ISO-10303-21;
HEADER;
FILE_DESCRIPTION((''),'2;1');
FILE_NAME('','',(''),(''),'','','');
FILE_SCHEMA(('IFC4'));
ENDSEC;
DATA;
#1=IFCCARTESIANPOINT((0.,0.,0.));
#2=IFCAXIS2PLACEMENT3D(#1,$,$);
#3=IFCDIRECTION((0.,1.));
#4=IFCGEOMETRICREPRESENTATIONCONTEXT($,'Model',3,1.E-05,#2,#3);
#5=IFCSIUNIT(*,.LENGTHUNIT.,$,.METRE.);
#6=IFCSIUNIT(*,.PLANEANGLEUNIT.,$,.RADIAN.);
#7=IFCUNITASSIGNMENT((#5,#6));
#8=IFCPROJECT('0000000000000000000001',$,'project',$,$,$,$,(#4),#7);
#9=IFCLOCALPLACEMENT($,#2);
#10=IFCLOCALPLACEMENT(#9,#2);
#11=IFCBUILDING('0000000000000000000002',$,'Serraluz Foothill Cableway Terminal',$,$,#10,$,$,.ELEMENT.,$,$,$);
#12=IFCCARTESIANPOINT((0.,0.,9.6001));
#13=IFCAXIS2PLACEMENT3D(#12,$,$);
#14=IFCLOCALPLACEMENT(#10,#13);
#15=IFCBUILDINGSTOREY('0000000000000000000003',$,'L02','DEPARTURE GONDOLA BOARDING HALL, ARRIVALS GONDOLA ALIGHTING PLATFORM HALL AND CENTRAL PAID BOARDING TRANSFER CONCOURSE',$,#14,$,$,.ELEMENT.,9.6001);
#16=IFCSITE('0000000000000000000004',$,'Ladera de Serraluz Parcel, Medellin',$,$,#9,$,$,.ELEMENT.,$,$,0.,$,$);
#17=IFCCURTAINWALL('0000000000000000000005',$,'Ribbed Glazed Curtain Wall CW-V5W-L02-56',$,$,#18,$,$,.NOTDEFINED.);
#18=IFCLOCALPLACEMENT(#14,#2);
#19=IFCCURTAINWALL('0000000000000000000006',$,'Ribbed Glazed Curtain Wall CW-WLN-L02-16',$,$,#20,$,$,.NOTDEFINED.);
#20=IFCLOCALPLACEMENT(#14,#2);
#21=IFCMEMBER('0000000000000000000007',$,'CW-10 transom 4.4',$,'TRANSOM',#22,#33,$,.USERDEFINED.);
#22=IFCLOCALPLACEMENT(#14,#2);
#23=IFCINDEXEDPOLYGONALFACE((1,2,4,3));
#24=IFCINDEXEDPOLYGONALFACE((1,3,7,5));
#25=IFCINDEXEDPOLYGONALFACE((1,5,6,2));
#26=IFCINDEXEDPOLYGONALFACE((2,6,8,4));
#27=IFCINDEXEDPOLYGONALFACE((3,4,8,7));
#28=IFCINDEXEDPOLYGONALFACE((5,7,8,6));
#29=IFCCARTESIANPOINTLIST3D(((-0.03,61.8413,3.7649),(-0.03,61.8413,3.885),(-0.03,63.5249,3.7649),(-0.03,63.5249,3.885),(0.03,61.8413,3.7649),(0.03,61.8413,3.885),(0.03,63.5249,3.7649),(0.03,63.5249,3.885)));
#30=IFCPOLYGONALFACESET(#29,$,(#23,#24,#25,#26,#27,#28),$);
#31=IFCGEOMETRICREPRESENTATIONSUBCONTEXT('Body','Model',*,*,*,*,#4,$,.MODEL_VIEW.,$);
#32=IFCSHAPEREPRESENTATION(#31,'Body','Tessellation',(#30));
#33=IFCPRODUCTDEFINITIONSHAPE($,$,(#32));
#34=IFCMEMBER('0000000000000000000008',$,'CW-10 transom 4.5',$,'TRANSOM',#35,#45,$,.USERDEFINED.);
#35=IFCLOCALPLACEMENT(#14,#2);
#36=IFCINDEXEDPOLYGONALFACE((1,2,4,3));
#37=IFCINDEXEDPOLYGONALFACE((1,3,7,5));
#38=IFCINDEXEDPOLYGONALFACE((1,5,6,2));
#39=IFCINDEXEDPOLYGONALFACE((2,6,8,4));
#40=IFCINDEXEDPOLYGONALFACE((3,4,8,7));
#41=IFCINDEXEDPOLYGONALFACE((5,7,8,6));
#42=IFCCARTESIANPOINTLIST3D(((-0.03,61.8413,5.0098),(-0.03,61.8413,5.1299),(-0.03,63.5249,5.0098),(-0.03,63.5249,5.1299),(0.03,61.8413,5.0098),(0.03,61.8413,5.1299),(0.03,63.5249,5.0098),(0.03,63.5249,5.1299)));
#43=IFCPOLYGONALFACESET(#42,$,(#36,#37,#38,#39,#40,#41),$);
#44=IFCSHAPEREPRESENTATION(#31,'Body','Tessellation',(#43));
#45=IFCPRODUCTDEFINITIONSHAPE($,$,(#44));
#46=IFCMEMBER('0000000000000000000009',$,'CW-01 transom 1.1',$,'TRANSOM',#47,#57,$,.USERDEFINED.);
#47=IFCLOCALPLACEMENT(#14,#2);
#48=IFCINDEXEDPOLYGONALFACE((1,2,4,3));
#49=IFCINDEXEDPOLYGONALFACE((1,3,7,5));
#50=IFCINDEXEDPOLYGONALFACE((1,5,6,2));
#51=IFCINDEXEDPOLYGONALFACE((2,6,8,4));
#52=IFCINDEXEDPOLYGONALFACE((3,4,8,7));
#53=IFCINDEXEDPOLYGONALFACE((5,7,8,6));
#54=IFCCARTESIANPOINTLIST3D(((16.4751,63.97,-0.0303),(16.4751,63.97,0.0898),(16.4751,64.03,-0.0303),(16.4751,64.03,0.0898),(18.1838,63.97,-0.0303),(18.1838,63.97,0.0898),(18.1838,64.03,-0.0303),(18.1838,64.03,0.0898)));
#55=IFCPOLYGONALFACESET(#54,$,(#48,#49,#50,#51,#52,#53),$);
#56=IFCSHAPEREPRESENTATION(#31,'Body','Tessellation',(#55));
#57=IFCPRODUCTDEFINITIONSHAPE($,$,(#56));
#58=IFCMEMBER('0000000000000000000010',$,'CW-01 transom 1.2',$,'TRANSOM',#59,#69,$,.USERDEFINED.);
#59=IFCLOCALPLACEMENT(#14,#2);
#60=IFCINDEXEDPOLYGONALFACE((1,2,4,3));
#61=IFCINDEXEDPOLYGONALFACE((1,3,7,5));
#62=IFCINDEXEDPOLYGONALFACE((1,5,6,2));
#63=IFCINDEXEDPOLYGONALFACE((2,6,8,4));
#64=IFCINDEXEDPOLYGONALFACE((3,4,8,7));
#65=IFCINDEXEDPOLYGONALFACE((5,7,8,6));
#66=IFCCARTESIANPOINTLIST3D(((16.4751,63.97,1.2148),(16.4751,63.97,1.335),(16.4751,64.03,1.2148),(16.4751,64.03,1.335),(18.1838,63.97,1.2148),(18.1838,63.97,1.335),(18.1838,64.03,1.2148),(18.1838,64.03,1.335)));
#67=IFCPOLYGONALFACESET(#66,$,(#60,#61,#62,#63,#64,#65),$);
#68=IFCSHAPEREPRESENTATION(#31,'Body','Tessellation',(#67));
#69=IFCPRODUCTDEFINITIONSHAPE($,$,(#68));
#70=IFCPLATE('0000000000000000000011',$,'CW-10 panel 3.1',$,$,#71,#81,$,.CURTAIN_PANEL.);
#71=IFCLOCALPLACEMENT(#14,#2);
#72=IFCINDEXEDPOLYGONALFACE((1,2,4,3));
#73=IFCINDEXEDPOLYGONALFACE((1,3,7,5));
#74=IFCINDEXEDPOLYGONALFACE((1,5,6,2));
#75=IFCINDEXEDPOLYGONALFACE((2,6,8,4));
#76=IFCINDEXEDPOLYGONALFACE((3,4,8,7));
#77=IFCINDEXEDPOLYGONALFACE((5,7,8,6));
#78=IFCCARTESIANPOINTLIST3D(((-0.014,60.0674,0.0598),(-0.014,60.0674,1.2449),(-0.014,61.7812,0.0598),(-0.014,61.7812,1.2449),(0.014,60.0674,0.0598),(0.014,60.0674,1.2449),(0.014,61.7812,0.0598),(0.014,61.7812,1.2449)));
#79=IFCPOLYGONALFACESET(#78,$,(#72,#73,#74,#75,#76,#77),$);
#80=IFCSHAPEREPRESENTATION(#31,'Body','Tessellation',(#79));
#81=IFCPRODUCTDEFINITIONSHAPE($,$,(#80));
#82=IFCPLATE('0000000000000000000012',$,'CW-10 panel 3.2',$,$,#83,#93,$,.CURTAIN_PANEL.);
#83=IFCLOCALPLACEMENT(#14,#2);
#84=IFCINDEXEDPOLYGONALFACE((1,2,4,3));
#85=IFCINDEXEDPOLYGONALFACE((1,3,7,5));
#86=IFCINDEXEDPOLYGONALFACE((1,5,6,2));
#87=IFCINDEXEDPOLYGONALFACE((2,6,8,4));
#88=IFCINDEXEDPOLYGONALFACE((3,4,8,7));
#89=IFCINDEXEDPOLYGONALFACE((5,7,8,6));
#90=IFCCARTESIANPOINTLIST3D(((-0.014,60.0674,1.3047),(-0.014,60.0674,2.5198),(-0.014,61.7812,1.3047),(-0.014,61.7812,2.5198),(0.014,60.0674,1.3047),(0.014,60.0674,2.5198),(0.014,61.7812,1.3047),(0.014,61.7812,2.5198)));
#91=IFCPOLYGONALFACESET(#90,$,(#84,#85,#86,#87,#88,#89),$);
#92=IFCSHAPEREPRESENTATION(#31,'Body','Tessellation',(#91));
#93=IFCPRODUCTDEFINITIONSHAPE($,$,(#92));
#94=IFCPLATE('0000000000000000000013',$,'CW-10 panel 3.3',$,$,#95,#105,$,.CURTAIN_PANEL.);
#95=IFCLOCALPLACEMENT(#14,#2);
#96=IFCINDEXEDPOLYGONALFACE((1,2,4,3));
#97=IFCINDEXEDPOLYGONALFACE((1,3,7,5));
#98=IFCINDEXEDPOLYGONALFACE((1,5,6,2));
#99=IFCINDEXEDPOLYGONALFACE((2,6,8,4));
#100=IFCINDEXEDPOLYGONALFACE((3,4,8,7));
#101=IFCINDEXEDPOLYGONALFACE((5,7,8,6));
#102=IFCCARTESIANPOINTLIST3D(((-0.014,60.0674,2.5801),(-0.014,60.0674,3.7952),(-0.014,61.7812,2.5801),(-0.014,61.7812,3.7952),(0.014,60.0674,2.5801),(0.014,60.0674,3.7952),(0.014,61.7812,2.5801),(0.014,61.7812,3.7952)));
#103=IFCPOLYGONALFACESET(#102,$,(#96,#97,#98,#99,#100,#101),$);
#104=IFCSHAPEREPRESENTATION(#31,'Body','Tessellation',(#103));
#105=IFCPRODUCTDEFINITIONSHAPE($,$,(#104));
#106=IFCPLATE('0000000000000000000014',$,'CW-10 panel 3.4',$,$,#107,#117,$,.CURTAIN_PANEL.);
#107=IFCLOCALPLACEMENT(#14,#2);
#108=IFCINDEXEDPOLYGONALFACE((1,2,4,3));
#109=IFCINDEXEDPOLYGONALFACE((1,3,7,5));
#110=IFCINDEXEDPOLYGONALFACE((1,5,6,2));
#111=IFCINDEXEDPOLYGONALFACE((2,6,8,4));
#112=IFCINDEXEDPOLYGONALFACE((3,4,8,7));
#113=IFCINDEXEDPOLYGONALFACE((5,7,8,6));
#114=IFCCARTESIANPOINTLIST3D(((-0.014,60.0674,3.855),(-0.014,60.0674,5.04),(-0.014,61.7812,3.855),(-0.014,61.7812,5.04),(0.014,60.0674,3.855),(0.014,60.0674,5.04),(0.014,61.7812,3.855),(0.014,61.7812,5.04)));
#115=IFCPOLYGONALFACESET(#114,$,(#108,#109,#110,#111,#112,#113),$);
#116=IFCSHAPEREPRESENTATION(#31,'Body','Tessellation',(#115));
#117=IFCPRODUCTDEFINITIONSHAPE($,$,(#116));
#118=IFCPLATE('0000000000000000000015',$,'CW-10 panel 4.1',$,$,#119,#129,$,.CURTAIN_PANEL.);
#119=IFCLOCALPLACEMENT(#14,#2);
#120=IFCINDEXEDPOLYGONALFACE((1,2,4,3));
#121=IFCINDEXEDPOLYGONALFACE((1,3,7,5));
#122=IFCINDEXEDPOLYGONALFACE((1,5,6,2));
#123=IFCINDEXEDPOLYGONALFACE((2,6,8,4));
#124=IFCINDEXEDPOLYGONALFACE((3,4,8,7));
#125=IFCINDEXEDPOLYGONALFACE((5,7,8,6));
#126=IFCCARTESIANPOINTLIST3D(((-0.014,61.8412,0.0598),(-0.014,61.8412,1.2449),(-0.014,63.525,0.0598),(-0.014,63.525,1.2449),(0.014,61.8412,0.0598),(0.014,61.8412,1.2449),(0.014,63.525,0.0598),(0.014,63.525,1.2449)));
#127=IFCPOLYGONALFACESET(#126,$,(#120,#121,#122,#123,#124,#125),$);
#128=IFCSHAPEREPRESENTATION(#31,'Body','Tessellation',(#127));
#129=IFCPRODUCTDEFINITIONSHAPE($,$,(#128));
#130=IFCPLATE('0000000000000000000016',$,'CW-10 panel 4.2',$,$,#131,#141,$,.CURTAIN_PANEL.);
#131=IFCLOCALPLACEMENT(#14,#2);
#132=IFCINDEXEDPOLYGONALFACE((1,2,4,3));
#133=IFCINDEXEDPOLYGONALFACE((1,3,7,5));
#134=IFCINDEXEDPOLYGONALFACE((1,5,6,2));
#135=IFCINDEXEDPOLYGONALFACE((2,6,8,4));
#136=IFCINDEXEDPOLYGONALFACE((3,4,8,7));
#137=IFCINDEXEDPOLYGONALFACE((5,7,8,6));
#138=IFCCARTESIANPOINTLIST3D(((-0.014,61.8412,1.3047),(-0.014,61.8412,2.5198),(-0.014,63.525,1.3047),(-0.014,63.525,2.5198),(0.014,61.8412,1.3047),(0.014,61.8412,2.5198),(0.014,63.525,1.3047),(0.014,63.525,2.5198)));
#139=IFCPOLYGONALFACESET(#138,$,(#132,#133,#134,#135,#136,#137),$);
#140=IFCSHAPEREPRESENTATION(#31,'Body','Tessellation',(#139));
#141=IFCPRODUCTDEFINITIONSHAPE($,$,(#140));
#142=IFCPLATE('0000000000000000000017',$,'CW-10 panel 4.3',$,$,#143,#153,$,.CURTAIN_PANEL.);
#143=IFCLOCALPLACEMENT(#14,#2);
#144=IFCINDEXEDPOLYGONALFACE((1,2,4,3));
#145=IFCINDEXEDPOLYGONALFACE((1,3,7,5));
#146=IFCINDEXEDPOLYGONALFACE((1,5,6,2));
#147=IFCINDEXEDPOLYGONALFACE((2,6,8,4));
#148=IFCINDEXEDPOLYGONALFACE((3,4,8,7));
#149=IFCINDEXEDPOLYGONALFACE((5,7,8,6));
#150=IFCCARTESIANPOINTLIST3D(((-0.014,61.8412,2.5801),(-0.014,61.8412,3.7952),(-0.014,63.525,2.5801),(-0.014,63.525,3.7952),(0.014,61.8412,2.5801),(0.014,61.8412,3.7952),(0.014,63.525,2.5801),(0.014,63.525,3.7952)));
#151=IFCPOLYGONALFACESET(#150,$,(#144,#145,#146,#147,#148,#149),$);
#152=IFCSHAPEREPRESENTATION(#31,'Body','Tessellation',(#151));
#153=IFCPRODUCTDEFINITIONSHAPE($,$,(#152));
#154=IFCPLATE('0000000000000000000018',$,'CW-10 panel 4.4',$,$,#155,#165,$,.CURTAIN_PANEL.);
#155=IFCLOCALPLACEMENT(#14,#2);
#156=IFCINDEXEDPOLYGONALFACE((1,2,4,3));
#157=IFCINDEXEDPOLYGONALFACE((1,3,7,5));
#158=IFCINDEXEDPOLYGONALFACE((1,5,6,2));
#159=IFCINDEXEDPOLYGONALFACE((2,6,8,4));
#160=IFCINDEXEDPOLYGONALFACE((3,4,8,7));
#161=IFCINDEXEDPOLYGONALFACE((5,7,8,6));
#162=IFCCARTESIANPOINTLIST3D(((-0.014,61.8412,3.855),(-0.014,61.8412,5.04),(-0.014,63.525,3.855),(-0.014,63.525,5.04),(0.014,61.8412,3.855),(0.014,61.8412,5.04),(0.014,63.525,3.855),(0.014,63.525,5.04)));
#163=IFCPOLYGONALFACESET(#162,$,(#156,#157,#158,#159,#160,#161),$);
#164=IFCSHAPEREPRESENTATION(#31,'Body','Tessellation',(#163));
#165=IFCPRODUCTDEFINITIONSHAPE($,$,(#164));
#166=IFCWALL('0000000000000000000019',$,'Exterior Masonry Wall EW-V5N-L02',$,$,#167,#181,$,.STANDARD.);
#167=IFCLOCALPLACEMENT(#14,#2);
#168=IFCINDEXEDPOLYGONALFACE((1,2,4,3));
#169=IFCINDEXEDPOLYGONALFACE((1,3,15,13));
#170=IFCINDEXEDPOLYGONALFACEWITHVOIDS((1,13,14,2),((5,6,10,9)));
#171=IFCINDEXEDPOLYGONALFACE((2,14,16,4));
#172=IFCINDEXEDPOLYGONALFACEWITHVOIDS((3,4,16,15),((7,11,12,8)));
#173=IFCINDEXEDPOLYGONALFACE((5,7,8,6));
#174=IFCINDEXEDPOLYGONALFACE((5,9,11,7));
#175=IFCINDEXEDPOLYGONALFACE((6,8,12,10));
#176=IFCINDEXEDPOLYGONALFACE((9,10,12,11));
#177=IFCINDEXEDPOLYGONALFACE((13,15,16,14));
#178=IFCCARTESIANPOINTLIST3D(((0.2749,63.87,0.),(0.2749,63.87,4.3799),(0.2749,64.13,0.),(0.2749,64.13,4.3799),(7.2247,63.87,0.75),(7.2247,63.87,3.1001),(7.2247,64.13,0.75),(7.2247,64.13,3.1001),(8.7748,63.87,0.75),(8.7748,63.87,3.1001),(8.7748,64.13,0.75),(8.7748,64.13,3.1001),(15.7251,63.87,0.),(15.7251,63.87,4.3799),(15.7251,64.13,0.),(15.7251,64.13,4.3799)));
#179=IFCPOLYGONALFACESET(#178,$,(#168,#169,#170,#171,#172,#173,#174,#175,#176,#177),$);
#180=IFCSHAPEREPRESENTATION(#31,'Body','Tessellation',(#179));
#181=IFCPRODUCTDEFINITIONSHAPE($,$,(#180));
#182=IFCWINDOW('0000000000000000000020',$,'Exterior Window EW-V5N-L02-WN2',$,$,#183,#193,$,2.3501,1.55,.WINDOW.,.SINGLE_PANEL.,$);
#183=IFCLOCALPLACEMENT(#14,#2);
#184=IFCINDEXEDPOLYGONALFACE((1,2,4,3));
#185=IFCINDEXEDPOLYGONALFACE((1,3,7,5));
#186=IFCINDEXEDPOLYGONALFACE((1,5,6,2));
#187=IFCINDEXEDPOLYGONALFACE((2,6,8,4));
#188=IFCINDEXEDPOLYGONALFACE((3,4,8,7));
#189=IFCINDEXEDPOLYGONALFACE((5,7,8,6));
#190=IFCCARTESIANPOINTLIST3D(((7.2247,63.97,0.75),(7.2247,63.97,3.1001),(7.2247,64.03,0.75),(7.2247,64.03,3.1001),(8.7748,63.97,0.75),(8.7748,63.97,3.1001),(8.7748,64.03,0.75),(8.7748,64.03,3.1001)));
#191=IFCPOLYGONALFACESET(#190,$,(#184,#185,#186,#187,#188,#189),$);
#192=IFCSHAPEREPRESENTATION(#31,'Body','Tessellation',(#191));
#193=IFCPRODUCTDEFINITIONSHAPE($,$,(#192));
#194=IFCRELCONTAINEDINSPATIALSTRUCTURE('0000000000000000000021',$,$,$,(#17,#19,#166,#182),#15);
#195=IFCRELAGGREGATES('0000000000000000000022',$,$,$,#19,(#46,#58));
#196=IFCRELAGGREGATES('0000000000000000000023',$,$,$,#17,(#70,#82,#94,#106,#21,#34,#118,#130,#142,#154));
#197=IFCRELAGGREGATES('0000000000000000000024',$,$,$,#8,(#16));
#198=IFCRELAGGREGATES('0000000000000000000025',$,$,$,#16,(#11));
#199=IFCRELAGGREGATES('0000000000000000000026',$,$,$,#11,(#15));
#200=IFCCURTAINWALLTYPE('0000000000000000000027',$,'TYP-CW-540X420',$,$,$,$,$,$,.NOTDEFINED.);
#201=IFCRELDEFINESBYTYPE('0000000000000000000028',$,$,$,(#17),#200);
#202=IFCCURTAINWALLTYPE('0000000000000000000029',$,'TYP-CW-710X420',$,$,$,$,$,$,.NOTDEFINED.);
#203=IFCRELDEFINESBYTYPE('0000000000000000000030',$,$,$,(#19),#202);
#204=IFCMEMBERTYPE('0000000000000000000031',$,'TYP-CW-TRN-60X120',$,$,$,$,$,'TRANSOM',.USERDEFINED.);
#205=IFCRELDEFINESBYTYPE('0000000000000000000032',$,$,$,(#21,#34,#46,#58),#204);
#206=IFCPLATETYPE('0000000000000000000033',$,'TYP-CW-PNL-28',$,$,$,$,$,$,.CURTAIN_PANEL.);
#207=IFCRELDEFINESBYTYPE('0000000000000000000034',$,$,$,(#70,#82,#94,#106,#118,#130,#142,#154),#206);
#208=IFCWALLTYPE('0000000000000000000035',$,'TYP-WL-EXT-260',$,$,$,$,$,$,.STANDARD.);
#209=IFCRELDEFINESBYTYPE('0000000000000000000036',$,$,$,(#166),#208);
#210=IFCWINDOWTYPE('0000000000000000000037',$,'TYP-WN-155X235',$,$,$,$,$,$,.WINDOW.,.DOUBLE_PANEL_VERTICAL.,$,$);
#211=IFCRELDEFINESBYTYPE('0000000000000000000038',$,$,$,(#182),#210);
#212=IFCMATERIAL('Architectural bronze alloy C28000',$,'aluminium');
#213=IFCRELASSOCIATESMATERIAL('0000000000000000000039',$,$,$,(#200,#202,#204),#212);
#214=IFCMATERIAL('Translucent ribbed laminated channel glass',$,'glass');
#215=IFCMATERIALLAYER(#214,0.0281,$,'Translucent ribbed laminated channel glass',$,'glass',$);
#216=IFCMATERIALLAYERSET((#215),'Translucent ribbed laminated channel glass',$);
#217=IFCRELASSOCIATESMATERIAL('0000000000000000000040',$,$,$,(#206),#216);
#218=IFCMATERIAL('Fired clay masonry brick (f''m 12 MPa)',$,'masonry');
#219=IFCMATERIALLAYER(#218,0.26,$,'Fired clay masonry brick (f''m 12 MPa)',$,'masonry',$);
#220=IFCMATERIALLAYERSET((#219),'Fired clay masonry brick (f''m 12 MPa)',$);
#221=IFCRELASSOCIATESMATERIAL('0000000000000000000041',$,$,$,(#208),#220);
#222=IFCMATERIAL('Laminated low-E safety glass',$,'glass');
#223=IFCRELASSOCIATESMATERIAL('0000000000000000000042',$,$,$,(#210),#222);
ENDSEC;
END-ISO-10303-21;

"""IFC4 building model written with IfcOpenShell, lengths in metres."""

from ifc_helpers import new_model, si_unit, direction, frame, frame_2d, origin, origin_2d, place, context, subcontext, project, spatial, rectangle, extrude, material, layer, layer_set, material_profile, profile_set, type_object, element, fill, aggregate, save


model = new_model("IFC4")

# Units and contexts
model_context = context("Model", 3, precision=1e-05, world=origin(), true_north=direction((0.0, 1.0)))
body_context = subcontext(model_context, "Body", "Model", "MODEL_VIEW")
ifc_project = project(units=[si_unit("LENGTHUNIT", "METRE"), si_unit("PLANEANGLEUNIT", "RADIAN")], contexts=[model_context])

# Site, building, storey
site_placement = place(None, origin())
site = spatial("IfcSite", under=ifc_project, at=site_placement, Name="Ladera de Serraluz Parcel, Medellin", CompositionType="ELEMENT", RefElevation=0.0)
building_placement = place(site_placement, origin())
building = spatial("IfcBuilding", under=site, at=building_placement, Name="Serraluz Foothill Cableway Terminal", CompositionType="ELEMENT")
storey_placement = place(building_placement, frame((0.0, 0.0, 9.6001)))
storey = spatial("IfcBuildingStorey", under=building, at=storey_placement, Name="L02", Description="DEPARTURE GONDOLA BOARDING HALL, ARRIVALS GONDOLA ALIGHTING PLATFORM HALL AND CENTRAL PAID BOARDING TRANSFER CONCOURSE", CompositionType="ELEMENT", Elevation=9.6001)

# Shared definitions
ifc_material_1 = material(Name="Fired clay masonry brick (f'm 12 MPa)", Category="masonry")

# Curtain wall
ifc_material_2 = material(Name="Architectural bronze alloy C28000", Category="aluminium")
curtain_wall_type_1 = type_object("IfcCurtainWallType", Name="TYP-CW-540X420", PredefinedType="NOTDEFINED", material=ifc_material_2)
curtain_wall_1_placement = place(storey_placement, origin())
curtain_wall_1 = element("IfcCurtainWall", 1, at=curtain_wall_1_placement, inside=storey, type_object=curtain_wall_type_1, Name="Ribbed Glazed Curtain Wall CW-V5W-L02-56", PredefinedType="NOTDEFINED")

# Curtain wall
curtain_wall_type_2 = type_object("IfcCurtainWallType", Name="TYP-CW-710X420", PredefinedType="NOTDEFINED", material=ifc_material_2)
curtain_wall_2_placement = place(storey_placement, origin())
curtain_wall_2 = element("IfcCurtainWall", 2, at=curtain_wall_2_placement, inside=storey, type_object=curtain_wall_type_2, Name="Ribbed Glazed Curtain Wall CW-WLN-L02-16", PredefinedType="NOTDEFINED")

# Members
ifc_material_profile_1 = material_profile(ifc_material_2, rectangle(XDim=0.0601, YDim=0.1201, at=origin_2d()), Name="ALU TRANSOM 60x120")
ifc_profile_set_1 = profile_set([ifc_material_profile_1], Name="Architectural bronze alloy C28000")
member_type_1 = type_object("IfcMemberType", Name="TYP-CW-TRN-60X120", ElementType="TRANSOM", PredefinedType="USERDEFINED", material=ifc_profile_set_1)
member_1_placement = place(storey_placement, frame((0.0, 61.8413, 3.825), z_axis=(0.0, 1.0, 0.0), x_axis=(-1.0, 0.0, 0.0)))
member_1 = element("IfcMember", 3, at=member_1_placement, type_object=member_type_1, Name="CW-10 transom 4.4", ObjectType="TRANSOM", PredefinedType="USERDEFINED", context=body_context, shape_type="SweptSolid", body=[
    extrude(rectangle(XDim=0.0601, YDim=0.1201, at=origin_2d()), origin(), (0.0, 0.0, 1.0), 1.6836),
])
member_2_placement = place(storey_placement, frame((0.0, 61.8413, 5.0698), z_axis=(0.0, 1.0, 0.0), x_axis=(-1.0, 0.0, 0.0)))
member_2 = element("IfcMember", 4, at=member_2_placement, type_object=member_type_1, Name="CW-10 transom 4.5", ObjectType="TRANSOM", PredefinedType="USERDEFINED", context=body_context, shape_type="SweptSolid", body=[
    extrude(rectangle(XDim=0.0601, YDim=0.1201, at=origin_2d()), origin(), (0.0, 0.0, 1.0), 1.6836),
])
member_3_placement = place(storey_placement, frame((16.4751, 64.0, 0.0298), z_axis=(1.0, 0.0, 0.0), x_axis=(0.0, 1.0, 0.0)))
member_3 = element("IfcMember", 5, at=member_3_placement, type_object=member_type_1, Name="CW-01 transom 1.1", ObjectType="TRANSOM", PredefinedType="USERDEFINED", context=body_context, shape_type="SweptSolid", body=[
    extrude(rectangle(XDim=0.0601, YDim=0.1201, at=origin_2d()), origin(), (0.0, 0.0, 1.0), 1.7087),
])
member_4_placement = place(storey_placement, frame((16.4751, 64.0, 1.2749), z_axis=(1.0, 0.0, 0.0), x_axis=(0.0, 1.0, 0.0)))
member_4 = element("IfcMember", 6, at=member_4_placement, type_object=member_type_1, Name="CW-01 transom 1.2", ObjectType="TRANSOM", PredefinedType="USERDEFINED", context=body_context, shape_type="SweptSolid", body=[
    extrude(rectangle(XDim=0.0601, YDim=0.1201, at=origin_2d()), origin(), (0.0, 0.0, 1.0), 1.7087),
])
aggregate(curtain_wall_2, [member_3, member_4])

# Plates
ifc_material_3 = material(Name="Translucent ribbed laminated channel glass", Category="glass")
ifc_layer_1 = layer(ifc_material_3, 0.0281, Name="Translucent ribbed laminated channel glass", Category="glass")
ifc_layer_set_1 = layer_set([ifc_layer_1], Name="Translucent ribbed laminated channel glass")
plate_type = type_object("IfcPlateType", Name="TYP-CW-PNL-28", PredefinedType="CURTAIN_PANEL", material=ifc_layer_set_1)
plate_1_placement = place(storey_placement, frame((0.0, 60.9243, 0.0598), z_axis=(0.0, 0.0, 1.0), x_axis=(0.0, 1.0, 0.0)))
plate_1 = element("IfcPlate", 7, at=plate_1_placement, type_object=plate_type, Name="CW-10 panel 3.1", PredefinedType="CURTAIN_PANEL", context=body_context, shape_type="SweptSolid", body=[
    extrude(rectangle(XDim=1.7139, YDim=0.0281, at=origin_2d()), origin(), (0.0, 0.0, 1.0), 1.1851),
])
plate_2_placement = place(storey_placement, frame((0.0, 60.9243, 1.3047), z_axis=(0.0, 0.0, 1.0), x_axis=(0.0, 1.0, 0.0)))
plate_2 = element("IfcPlate", 8, at=plate_2_placement, type_object=plate_type, Name="CW-10 panel 3.2", PredefinedType="CURTAIN_PANEL", context=body_context, shape_type="SweptSolid", body=[
    extrude(rectangle(XDim=1.7139, YDim=0.0281, at=origin_2d()), origin(), (0.0, 0.0, 1.0), 1.2151),
])
plate_3_placement = place(storey_placement, frame((0.0, 60.9243, 2.5801), z_axis=(0.0, 0.0, 1.0), x_axis=(0.0, 1.0, 0.0)))
plate_3 = element("IfcPlate", 9, at=plate_3_placement, type_object=plate_type, Name="CW-10 panel 3.3", PredefinedType="CURTAIN_PANEL", context=body_context, shape_type="SweptSolid", body=[
    extrude(rectangle(XDim=1.7139, YDim=0.0281, at=origin_2d()), origin(), (0.0, 0.0, 1.0), 1.2151),
])
plate_4_placement = place(storey_placement, frame((0.0, 60.9243, 3.855), z_axis=(0.0, 0.0, 1.0), x_axis=(0.0, 1.0, 0.0)))
plate_4 = element("IfcPlate", 10, at=plate_4_placement, type_object=plate_type, Name="CW-10 panel 3.4", PredefinedType="CURTAIN_PANEL", context=body_context, shape_type="SweptSolid", body=[
    extrude(rectangle(XDim=1.7139, YDim=0.0281, at=origin_2d()), origin(), (0.0, 0.0, 1.0), 1.1851),
])
plate_5_placement = place(storey_placement, frame((0.0, 62.6831, 0.0598), z_axis=(0.0, 0.0, 1.0), x_axis=(0.0, 1.0, 0.0)))
plate_5 = element("IfcPlate", 11, at=plate_5_placement, type_object=plate_type, Name="CW-10 panel 4.1", PredefinedType="CURTAIN_PANEL", context=body_context, shape_type="SweptSolid", body=[
    extrude(rectangle(XDim=1.6838, YDim=0.0281, at=origin_2d()), origin(), (0.0, 0.0, 1.0), 1.1851),
])
plate_6_placement = place(storey_placement, frame((0.0, 62.6831, 1.3047), z_axis=(0.0, 0.0, 1.0), x_axis=(0.0, 1.0, 0.0)))
plate_6 = element("IfcPlate", 12, at=plate_6_placement, type_object=plate_type, Name="CW-10 panel 4.2", PredefinedType="CURTAIN_PANEL", context=body_context, shape_type="SweptSolid", body=[
    extrude(rectangle(XDim=1.6838, YDim=0.0281, at=origin_2d()), origin(), (0.0, 0.0, 1.0), 1.2151),
])
plate_7_placement = place(storey_placement, frame((0.0, 62.6831, 2.5801), z_axis=(0.0, 0.0, 1.0), x_axis=(0.0, 1.0, 0.0)))
plate_7 = element("IfcPlate", 13, at=plate_7_placement, type_object=plate_type, Name="CW-10 panel 4.3", PredefinedType="CURTAIN_PANEL", context=body_context, shape_type="SweptSolid", body=[
    extrude(rectangle(XDim=1.6838, YDim=0.0281, at=origin_2d()), origin(), (0.0, 0.0, 1.0), 1.2151),
])
plate_8_placement = place(storey_placement, frame((0.0, 62.6831, 3.855), z_axis=(0.0, 0.0, 1.0), x_axis=(0.0, 1.0, 0.0)))
plate_8 = element("IfcPlate", 14, at=plate_8_placement, type_object=plate_type, Name="CW-10 panel 4.4", PredefinedType="CURTAIN_PANEL", context=body_context, shape_type="SweptSolid", body=[
    extrude(rectangle(XDim=1.6838, YDim=0.0281, at=origin_2d()), origin(), (0.0, 0.0, 1.0), 1.1851),
])
aggregate(curtain_wall_1, [plate_1, plate_2, plate_3, plate_4, member_1, member_2, plate_5, plate_6, plate_7, plate_8])

# Wall, opening, window
ifc_layer_2 = layer(ifc_material_1, 0.26, Name="Fired clay masonry brick (f'm 12 MPa)", Category="masonry")
ifc_layer_set_2 = layer_set([ifc_layer_2], Name="Fired clay masonry brick (f'm 12 MPa)")
wall_type_1 = type_object("IfcWallType", Name="TYP-WL-EXT-260", PredefinedType="STANDARD", material=ifc_layer_set_2)
wall_1_placement = place(storey_placement, frame((0.2749, 64.0, 0.0), z_axis=(0.0, 0.0, 1.0), x_axis=(1.0, 0.0, 0.0)))
wall_1 = element("IfcWall", 15, at=wall_1_placement, inside=storey, type_object=wall_type_1, Name="Exterior Masonry Wall EW-V5N-L02", PredefinedType="STANDARD", context=body_context, shape_type="SweptSolid", body=[
    extrude(rectangle(XDim=15.4502, YDim=0.26, at=frame_2d((7.7251, 0.0))), origin(), (0.0, 0.0, 1.0), 4.3799),
])
opening_1_placement = place(wall_1_placement, frame((6.95, 0.0, 0.75)))
opening_1 = element("IfcOpeningElement", 16, at=opening_1_placement, cuts=wall_1, PredefinedType="OPENING", context=body_context, shape_type="SweptSolid", body=[
    extrude(rectangle(XDim=1.55, YDim=2.3501, at=frame_2d((0.7749, 1.175))), frame((0.0, 0.1401, 0.0), z_axis=(0.0, -1.0, 0.0), x_axis=(1.0, 0.0, 0.0)), (0.0, 0.0, 1.0), 0.28),
])
ifc_material_4 = material(Name="Laminated low-E safety glass", Category="glass")
window_type = type_object("IfcWindowType", Name="TYP-WN-155X235", PartitioningType="DOUBLE_PANEL_VERTICAL", PredefinedType="WINDOW", material=ifc_material_4)
window_placement = place(opening_1_placement, origin())
window = element("IfcWindow", 17, at=window_placement, inside=storey, type_object=window_type, Name="Exterior Window EW-V5N-L02-WN2", OverallHeight=2.3501, OverallWidth=1.55, PartitioningType="SINGLE_PANEL", PredefinedType="WINDOW", context=body_context, shape_type="SweptSolid", body=[
    extrude(rectangle(XDim=1.55, YDim=2.3501, at=frame_2d((0.7749, 1.175))), frame((0.0, 0.03, 0.0), z_axis=(0.0, -1.0, 0.0), x_axis=(1.0, 0.0, 0.0)), (0.0, 0.0, 1.0), 0.0601),
])
fill(opening_1, window)

save(model, "model.ifc")
